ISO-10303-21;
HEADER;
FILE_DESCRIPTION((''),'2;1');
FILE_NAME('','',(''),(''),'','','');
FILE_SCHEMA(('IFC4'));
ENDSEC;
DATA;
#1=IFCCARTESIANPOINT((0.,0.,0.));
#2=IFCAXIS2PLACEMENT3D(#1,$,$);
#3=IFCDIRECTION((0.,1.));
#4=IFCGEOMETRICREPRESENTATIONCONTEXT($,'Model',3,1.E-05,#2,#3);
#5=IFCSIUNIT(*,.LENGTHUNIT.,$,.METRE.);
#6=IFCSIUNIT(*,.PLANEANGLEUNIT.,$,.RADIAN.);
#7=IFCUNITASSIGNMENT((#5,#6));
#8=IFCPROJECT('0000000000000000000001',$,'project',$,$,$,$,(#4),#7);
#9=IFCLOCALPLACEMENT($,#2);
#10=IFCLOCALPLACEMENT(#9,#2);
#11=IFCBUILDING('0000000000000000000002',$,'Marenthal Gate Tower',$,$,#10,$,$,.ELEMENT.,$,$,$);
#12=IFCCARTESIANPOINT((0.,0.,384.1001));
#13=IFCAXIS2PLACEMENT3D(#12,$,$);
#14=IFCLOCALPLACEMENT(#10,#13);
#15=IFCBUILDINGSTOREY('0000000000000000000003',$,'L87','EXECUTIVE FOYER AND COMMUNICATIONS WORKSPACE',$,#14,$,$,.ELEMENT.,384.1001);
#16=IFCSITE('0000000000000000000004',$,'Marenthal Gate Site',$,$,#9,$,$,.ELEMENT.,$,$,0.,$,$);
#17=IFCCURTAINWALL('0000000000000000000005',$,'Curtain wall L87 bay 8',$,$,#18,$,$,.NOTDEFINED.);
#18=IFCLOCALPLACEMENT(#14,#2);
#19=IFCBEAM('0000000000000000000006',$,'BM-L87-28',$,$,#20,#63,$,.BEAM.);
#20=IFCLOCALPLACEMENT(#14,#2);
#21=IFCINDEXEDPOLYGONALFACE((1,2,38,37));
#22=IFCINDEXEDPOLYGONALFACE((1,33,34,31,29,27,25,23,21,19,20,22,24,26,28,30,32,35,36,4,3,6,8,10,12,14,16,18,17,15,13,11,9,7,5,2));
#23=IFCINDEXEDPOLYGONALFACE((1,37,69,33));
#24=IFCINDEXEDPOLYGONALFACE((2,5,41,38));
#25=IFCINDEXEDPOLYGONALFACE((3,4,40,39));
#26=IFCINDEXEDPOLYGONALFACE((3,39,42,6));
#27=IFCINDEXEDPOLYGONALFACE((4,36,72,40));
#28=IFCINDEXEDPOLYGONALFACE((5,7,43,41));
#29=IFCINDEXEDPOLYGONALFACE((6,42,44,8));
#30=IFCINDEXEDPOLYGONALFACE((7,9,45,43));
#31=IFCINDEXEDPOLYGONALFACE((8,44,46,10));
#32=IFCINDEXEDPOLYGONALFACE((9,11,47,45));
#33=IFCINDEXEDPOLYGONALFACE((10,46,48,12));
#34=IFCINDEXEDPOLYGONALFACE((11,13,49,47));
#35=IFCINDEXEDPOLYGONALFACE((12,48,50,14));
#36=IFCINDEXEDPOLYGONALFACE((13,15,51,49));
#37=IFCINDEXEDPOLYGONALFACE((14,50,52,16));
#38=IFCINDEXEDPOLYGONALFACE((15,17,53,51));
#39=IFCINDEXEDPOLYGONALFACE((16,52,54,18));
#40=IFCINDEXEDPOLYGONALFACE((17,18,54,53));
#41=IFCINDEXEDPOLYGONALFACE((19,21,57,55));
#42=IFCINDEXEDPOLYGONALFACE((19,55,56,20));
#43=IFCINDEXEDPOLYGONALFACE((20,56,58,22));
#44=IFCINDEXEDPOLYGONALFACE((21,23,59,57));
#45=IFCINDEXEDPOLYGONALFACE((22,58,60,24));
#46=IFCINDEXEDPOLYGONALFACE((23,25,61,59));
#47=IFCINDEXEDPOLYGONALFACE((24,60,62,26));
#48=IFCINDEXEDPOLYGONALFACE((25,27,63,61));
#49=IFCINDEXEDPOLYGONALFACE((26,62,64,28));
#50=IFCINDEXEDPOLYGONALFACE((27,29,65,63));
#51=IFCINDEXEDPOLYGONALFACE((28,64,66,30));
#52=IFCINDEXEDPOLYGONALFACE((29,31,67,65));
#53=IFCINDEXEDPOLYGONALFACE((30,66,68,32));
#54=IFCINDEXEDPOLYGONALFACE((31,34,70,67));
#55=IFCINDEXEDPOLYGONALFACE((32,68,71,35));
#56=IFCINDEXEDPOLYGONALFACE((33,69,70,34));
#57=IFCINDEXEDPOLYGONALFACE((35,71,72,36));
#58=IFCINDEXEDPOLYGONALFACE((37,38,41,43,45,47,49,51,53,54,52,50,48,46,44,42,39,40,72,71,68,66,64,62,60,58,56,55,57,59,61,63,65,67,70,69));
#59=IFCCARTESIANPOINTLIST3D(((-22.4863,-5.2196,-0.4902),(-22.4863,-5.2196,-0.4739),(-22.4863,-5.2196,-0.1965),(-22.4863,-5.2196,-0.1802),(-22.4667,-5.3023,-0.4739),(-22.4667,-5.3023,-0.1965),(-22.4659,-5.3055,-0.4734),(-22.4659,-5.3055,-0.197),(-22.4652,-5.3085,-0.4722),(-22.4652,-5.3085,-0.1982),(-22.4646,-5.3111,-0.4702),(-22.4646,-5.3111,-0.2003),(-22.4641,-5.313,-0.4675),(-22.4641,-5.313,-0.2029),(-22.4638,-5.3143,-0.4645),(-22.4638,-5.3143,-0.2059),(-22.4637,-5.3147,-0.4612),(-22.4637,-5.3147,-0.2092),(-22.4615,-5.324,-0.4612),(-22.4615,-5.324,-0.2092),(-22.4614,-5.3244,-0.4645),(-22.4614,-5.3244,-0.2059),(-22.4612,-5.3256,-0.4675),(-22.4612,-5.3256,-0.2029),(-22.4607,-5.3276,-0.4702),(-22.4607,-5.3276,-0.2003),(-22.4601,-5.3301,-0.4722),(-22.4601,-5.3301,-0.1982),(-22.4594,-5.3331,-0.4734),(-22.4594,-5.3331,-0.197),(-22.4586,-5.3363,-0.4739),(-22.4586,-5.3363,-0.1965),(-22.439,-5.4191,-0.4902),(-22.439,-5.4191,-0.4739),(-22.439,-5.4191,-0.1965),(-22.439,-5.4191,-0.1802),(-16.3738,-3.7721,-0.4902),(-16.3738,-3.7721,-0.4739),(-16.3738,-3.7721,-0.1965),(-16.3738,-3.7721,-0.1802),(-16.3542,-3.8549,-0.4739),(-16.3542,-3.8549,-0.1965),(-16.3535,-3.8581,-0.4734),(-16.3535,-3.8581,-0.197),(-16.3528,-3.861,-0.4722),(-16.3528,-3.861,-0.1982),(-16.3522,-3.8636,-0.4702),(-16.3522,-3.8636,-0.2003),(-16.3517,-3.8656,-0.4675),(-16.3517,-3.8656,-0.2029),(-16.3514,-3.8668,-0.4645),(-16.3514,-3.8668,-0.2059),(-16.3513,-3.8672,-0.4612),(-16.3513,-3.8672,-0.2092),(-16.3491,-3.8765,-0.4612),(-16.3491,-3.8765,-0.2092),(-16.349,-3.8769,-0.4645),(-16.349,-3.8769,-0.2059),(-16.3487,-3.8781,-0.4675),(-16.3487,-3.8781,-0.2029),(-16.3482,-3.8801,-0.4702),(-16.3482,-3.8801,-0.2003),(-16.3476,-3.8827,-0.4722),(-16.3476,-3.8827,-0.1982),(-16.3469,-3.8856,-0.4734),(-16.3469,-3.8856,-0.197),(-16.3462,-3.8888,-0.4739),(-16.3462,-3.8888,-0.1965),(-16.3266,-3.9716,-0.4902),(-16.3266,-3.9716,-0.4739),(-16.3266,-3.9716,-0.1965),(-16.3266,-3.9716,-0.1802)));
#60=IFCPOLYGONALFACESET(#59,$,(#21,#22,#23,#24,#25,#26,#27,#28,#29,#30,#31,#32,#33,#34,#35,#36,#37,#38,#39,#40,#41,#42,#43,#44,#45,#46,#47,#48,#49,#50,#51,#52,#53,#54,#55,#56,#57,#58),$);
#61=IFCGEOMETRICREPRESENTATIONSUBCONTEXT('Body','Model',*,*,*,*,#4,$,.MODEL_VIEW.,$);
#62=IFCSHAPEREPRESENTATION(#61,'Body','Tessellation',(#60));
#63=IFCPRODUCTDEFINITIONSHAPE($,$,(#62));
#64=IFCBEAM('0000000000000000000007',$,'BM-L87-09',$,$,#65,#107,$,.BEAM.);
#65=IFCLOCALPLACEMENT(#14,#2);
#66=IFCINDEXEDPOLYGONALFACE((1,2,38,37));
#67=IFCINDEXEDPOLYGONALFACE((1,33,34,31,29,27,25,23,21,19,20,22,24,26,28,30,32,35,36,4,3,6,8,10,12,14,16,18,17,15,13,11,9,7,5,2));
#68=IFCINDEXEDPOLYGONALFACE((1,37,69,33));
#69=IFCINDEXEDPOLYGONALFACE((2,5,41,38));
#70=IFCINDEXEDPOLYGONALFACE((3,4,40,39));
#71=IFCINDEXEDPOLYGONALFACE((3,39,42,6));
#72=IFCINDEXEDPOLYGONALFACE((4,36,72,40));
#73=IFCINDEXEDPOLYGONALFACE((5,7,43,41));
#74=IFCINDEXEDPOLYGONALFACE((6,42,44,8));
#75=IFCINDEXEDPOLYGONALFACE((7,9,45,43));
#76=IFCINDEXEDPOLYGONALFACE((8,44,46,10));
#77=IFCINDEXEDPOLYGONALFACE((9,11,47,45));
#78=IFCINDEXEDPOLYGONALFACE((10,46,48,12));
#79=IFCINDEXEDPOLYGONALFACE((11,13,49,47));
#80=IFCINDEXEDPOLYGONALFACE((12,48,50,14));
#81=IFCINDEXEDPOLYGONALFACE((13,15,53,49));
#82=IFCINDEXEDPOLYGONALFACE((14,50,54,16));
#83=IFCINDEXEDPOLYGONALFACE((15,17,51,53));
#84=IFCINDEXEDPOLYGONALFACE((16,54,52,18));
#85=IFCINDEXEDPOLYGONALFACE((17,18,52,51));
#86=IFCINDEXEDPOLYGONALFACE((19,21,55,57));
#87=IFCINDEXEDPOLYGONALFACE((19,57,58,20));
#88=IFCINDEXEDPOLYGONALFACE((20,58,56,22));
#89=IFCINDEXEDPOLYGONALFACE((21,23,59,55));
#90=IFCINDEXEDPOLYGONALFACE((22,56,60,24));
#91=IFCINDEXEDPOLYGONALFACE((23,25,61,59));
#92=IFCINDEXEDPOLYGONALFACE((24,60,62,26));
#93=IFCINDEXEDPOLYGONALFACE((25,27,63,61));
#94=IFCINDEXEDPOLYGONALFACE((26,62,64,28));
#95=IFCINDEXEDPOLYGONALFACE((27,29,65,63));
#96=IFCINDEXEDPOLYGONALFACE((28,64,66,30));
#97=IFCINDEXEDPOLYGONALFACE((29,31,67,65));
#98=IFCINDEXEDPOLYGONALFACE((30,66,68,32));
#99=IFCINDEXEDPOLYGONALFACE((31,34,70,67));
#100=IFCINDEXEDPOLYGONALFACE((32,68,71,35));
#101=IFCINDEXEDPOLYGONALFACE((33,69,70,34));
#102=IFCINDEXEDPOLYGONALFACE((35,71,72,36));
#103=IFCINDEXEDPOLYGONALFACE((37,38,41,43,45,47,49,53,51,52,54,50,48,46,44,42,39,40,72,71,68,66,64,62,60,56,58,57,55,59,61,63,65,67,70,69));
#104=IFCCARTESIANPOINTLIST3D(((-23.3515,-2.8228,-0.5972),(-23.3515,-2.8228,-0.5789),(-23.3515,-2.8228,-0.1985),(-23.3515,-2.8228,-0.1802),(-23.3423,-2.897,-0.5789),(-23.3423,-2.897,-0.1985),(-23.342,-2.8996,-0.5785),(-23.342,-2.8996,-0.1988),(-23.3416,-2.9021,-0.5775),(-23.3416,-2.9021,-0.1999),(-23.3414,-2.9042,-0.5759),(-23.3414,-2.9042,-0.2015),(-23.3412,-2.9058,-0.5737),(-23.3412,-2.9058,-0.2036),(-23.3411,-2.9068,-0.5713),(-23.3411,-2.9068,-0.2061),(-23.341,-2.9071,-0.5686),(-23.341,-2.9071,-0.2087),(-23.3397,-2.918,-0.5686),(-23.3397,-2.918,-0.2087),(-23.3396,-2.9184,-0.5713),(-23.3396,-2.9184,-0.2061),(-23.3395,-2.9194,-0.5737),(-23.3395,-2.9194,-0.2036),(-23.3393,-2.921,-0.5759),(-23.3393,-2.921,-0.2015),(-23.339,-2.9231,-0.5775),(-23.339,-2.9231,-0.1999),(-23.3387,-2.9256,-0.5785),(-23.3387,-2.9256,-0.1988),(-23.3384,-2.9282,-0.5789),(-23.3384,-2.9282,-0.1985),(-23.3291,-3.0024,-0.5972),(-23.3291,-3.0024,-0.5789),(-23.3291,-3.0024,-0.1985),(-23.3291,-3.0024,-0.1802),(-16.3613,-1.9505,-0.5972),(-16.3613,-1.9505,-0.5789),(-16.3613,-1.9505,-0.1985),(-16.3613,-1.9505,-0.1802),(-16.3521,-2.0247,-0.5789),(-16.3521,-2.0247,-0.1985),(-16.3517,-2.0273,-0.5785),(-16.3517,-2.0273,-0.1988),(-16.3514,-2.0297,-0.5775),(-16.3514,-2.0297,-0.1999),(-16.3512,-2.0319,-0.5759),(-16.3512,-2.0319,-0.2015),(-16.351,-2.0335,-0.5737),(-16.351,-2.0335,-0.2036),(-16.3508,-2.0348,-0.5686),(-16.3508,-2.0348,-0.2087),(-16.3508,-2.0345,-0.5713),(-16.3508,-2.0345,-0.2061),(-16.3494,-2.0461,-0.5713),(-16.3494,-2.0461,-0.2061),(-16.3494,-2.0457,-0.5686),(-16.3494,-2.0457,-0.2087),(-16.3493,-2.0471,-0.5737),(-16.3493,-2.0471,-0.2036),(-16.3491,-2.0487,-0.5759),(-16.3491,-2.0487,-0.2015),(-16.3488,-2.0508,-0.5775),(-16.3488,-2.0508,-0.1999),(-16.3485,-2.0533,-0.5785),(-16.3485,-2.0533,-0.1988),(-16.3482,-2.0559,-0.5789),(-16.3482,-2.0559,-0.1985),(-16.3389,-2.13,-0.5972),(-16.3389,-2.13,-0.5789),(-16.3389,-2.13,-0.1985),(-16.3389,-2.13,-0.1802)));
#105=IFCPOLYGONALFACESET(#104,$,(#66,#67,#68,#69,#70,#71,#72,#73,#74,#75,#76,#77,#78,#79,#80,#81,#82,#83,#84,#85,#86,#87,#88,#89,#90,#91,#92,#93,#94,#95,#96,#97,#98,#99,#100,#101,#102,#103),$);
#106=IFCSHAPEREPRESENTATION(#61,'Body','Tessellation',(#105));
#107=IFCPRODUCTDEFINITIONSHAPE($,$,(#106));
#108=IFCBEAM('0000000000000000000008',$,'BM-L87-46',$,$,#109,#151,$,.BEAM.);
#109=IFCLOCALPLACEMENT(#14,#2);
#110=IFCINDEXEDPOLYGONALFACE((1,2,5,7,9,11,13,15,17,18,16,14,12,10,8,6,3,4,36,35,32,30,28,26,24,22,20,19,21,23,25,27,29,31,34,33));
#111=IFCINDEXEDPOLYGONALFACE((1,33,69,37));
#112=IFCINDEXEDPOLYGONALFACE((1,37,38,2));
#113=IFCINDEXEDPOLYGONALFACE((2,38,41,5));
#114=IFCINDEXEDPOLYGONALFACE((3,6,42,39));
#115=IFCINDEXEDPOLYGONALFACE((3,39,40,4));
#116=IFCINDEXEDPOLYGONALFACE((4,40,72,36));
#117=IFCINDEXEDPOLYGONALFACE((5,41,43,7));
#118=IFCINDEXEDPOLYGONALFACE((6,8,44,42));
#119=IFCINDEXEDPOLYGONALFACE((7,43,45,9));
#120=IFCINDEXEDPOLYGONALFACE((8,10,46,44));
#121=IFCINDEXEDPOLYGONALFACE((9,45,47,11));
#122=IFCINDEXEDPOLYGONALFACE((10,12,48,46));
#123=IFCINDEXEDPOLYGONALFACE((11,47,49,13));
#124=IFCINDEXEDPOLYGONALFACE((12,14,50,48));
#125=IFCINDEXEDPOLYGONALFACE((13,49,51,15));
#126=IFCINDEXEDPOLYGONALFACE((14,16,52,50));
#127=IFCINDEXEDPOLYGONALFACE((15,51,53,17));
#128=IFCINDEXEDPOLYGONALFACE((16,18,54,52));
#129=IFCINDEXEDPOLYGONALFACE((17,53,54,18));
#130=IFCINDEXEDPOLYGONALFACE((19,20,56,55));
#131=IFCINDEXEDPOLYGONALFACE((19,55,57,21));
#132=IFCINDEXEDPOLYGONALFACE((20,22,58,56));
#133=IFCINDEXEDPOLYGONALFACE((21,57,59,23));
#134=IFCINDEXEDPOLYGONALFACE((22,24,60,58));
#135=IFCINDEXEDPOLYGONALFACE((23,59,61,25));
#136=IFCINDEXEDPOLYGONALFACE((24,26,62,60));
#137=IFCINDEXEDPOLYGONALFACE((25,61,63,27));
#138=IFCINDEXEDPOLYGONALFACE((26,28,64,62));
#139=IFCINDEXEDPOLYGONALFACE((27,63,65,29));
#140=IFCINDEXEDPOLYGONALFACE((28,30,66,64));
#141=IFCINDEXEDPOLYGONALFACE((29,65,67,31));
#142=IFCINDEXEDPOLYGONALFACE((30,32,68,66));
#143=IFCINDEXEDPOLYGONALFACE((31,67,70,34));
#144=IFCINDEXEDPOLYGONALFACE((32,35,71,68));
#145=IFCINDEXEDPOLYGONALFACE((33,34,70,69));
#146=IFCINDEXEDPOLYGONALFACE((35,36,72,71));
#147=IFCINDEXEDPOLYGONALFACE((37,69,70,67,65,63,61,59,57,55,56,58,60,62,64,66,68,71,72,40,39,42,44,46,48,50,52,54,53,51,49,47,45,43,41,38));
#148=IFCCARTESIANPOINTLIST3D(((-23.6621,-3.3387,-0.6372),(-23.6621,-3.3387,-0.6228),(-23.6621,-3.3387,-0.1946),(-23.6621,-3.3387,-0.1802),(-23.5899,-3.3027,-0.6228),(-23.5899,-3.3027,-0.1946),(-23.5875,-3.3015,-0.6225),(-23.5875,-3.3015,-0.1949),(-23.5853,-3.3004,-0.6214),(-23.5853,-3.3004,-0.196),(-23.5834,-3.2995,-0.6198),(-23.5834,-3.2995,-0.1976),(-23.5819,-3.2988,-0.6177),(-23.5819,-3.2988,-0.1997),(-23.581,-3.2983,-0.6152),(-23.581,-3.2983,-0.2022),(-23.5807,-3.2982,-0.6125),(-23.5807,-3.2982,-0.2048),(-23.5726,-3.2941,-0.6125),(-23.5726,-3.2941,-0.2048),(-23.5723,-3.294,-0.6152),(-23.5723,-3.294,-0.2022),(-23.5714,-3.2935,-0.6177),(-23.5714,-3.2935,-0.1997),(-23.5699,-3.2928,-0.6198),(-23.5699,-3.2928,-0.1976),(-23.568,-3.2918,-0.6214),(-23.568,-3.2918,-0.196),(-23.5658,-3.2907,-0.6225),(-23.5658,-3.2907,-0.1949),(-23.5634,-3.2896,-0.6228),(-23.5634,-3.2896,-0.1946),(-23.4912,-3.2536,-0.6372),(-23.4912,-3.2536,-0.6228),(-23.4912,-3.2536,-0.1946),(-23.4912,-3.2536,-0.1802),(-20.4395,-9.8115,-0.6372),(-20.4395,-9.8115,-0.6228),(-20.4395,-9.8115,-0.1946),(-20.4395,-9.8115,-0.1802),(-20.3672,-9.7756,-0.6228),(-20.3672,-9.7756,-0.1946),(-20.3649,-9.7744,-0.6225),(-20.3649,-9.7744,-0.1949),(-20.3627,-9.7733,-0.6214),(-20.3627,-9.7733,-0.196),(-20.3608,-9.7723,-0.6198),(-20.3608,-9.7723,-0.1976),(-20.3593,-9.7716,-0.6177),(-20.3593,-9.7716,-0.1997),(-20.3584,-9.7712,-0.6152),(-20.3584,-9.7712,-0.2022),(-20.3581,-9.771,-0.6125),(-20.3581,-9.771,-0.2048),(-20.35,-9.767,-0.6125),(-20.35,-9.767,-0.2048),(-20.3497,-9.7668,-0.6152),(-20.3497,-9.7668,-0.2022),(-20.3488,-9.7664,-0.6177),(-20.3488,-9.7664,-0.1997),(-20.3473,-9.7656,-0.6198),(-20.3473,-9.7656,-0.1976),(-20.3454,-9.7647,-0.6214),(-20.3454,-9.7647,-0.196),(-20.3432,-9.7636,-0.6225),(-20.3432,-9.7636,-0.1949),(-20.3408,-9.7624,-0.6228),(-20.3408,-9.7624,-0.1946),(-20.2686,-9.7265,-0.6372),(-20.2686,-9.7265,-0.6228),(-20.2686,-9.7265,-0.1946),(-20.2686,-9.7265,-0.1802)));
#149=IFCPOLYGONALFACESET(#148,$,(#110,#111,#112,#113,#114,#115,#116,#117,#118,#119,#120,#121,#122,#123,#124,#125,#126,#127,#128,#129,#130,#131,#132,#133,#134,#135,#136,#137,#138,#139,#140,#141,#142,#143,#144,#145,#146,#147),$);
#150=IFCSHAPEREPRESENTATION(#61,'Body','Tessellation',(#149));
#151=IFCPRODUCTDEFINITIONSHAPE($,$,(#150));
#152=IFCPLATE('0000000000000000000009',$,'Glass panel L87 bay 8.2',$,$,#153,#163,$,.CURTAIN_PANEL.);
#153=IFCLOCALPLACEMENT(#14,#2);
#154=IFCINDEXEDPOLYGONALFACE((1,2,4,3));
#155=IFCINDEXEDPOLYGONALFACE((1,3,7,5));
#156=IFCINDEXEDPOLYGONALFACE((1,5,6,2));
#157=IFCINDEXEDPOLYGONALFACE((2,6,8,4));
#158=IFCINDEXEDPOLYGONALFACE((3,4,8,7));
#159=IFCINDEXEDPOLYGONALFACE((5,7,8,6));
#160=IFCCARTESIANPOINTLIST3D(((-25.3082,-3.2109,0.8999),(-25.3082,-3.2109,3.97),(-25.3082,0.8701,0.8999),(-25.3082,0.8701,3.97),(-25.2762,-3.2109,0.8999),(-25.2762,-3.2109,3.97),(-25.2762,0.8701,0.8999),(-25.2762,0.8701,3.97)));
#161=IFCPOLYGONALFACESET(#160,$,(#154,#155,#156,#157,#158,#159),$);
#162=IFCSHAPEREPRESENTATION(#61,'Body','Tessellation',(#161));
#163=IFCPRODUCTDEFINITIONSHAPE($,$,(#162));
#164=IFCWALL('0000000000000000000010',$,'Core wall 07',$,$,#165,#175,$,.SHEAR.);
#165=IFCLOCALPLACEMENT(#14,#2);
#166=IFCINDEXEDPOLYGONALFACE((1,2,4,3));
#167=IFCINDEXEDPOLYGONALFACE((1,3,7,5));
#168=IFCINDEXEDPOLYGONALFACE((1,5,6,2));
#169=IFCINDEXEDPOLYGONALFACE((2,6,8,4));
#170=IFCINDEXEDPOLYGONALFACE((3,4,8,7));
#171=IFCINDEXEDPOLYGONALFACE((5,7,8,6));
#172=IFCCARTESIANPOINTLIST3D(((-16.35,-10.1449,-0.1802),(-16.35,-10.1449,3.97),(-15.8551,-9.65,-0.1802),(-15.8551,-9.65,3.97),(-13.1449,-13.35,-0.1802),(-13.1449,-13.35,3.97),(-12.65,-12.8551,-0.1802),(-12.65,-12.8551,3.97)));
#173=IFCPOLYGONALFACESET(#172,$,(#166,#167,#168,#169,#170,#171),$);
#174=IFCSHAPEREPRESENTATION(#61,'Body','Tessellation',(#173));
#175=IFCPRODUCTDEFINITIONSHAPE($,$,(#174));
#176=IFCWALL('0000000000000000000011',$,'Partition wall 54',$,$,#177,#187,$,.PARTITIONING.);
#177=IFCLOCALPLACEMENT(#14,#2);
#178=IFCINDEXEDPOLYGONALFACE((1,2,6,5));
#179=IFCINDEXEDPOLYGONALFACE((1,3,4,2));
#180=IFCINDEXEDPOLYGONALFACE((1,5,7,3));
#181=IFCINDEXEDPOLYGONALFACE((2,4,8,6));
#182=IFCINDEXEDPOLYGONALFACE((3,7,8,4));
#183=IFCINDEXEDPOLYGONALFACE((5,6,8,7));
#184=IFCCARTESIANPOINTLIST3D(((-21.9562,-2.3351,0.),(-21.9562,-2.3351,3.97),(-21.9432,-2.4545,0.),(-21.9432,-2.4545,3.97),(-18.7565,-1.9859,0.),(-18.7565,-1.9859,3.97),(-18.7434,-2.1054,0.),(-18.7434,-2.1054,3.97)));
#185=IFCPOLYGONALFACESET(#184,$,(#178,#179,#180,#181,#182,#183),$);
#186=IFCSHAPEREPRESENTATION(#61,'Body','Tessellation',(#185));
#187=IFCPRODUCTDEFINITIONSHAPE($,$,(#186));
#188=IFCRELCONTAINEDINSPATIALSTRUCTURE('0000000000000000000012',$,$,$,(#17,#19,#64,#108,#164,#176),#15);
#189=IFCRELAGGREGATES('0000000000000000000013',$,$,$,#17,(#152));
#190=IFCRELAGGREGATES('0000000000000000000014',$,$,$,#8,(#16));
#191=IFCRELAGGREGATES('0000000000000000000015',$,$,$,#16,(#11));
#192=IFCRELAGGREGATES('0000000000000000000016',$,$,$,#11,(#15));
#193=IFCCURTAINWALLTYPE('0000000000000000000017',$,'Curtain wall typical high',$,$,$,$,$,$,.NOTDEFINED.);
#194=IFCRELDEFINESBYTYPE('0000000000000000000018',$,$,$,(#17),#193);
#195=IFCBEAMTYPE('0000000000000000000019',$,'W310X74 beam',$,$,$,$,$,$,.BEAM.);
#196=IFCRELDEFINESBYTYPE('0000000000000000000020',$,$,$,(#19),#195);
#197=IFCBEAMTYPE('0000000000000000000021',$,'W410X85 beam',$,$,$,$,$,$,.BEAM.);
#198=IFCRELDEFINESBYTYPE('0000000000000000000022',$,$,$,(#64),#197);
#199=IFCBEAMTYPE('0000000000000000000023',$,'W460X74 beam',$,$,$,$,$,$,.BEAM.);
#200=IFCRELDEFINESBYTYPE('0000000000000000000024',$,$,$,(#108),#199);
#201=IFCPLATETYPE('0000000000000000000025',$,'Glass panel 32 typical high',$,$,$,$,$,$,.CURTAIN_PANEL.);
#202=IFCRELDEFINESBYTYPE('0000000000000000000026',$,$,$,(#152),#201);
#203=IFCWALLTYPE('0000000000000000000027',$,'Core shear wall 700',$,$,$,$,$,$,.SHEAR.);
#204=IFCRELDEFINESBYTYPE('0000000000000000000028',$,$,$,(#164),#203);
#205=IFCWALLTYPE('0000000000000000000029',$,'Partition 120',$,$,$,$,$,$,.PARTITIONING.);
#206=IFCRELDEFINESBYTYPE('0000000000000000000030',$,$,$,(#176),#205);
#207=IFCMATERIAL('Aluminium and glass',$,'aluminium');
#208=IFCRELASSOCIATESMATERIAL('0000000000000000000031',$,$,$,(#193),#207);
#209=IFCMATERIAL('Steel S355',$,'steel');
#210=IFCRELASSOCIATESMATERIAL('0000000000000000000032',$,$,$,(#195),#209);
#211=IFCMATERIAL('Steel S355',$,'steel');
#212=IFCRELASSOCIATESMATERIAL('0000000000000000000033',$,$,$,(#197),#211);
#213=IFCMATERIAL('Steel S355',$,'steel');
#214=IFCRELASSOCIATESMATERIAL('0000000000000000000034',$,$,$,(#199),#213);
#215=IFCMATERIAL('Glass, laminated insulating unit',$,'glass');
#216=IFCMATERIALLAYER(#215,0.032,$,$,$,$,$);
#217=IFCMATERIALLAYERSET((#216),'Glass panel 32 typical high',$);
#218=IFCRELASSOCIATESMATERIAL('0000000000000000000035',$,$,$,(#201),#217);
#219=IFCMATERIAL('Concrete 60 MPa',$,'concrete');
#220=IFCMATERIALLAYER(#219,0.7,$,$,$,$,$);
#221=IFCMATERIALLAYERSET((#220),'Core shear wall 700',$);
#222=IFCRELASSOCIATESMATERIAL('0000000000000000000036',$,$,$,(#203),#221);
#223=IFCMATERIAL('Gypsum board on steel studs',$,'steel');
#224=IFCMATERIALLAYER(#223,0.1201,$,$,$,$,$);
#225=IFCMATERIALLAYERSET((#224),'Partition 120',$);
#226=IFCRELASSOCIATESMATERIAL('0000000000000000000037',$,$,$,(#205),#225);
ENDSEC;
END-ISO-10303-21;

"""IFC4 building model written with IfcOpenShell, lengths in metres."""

from ifc_helpers import new_model, si_unit, direction, frame, frame_2d, origin, origin_2d, place, context, subcontext, project, spatial, rectangle, i_section, extrude, material, layer, layer_set, material_profile, profile_set, type_object, element, aggregate, save


model = new_model("IFC4")

# Units and contexts
model_context = context("Model", 3, precision=1e-05, world=origin(), true_north=direction((0.0, 1.0)))
body_context = subcontext(model_context, "Body", "Model", "MODEL_VIEW")
ifc_project = project(units=[si_unit("LENGTHUNIT", "METRE"), si_unit("PLANEANGLEUNIT", "RADIAN")], contexts=[model_context])

# Site, building, storey
site_placement = place(None, origin())
site = spatial("IfcSite", under=ifc_project, at=site_placement, Name="Marenthal Gate Site", CompositionType="ELEMENT", RefElevation=0.0)
building_placement = place(site_placement, origin())
building = spatial("IfcBuilding", under=site, at=building_placement, Name="Marenthal Gate Tower", CompositionType="ELEMENT")
storey_placement = place(building_placement, frame((0.0, 0.0, 384.1001)))
storey = spatial("IfcBuildingStorey", under=building, at=storey_placement, Name="L87", Description="EXECUTIVE FOYER AND COMMUNICATIONS WORKSPACE", CompositionType="ELEMENT", Elevation=384.1001)

# Curtain wall
ifc_material_1 = material(Name="Aluminium and glass", Category="aluminium")
curtain_wall_type = type_object("IfcCurtainWallType", Name="Curtain wall typical high", PredefinedType="NOTDEFINED", material=ifc_material_1)
curtain_wall_placement = place(storey_placement, origin())
curtain_wall = element("IfcCurtainWall", 1, at=curtain_wall_placement, inside=storey, type_object=curtain_wall_type, Name="Curtain wall L87 bay 8", PredefinedType="NOTDEFINED")

# Beams
ifc_material_2 = material(Name="Steel S355", Category="steel")
ifc_material_profile_1 = material_profile(ifc_material_2, i_section(OverallWidth=0.2051, OverallDepth=0.3101, WebThickness=0.0095, FlangeThickness=0.0164, FilletRadius=0.0127, at=origin_2d()), Name="W310X74")
ifc_profile_set_1 = profile_set([ifc_material_profile_1], Name="Steel S355")
beam_type_1 = type_object("IfcBeamType", Name="W310X74 beam", PredefinedType="BEAM", material=ifc_profile_set_1)
beam_1_placement = place(storey_placement, frame((-22.4626, -5.3193, -0.3352), z_axis=(0.973087, 0.230436, 0.0), x_axis=(-0.230436, 0.973087, 0.0)))
element("IfcBeam", 2, at=beam_1_placement, inside=storey, type_object=beam_type_1, Name="BM-L87-28", PredefinedType="BEAM", context=body_context, shape_type="SweptSolid", body=[
    extrude(i_section(OverallWidth=0.2051, OverallDepth=0.3101, WebThickness=0.0095, FlangeThickness=0.0164, FilletRadius=0.0127, at=origin_2d()), origin(), (0.0, 0.0, 1.0), 6.2815),
])
ifc_material_3 = material(Name="Steel S355", Category="steel")
ifc_material_profile_2 = material_profile(ifc_material_3, i_section(OverallWidth=0.1809, OverallDepth=0.417, WebThickness=0.011, FlangeThickness=0.0183, FilletRadius=0.0103, at=origin_2d()), Name="W410X85")
ifc_profile_set_2 = profile_set([ifc_material_profile_2], Name="Steel S355")
beam_type_2 = type_object("IfcBeamType", Name="W410X85 beam", PredefinedType="BEAM", material=ifc_profile_set_2)
beam_2_placement = place(storey_placement, frame((-23.3403, -2.9126, -0.3887), z_axis=(0.992303, 0.12383, 0.0), x_axis=(-0.12383, 0.992303, 0.0)))
element("IfcBeam", 3, at=beam_2_placement, inside=storey, type_object=beam_type_2, Name="BM-L87-09", PredefinedType="BEAM", context=body_context, shape_type="SweptSolid", body=[
    extrude(i_section(OverallWidth=0.1809, OverallDepth=0.417, WebThickness=0.011, FlangeThickness=0.0183, FilletRadius=0.0103, at=origin_2d()), origin(), (0.0, 0.0, 1.0), 7.0444),
])
ifc_material_4 = material(Name="Steel S355", Category="steel")
ifc_material_profile_3 = material_profile(ifc_material_4, i_section(OverallWidth=0.1909, OverallDepth=0.457, WebThickness=0.009, FlangeThickness=0.0144, FilletRadius=0.0103, at=origin_2d()), Name="W460X74")
ifc_profile_set_3 = profile_set([ifc_material_profile_3], Name="Steel S355")
beam_type_3 = type_object("IfcBeamType", Name="W460X74 beam", PredefinedType="BEAM", material=ifc_profile_set_3)
beam_3_placement = place(storey_placement, frame((-23.5767, -3.2961, -0.4087), z_axis=(0.445687, -0.895189, 0.0), x_axis=(0.895189, 0.445687, 0.0)))
element("IfcBeam", 4, at=beam_3_placement, inside=storey, type_object=beam_type_3, Name="BM-L87-46", PredefinedType="BEAM", context=body_context, shape_type="SweptSolid", body=[
    extrude(i_section(OverallWidth=0.1909, OverallDepth=0.457, WebThickness=0.009, FlangeThickness=0.0144, FilletRadius=0.0103, at=origin_2d()), origin(), (0.0, 0.0, 1.0), 7.2307),
])

# Plate
ifc_material_5 = material(Name="Glass, laminated insulating unit", Category="glass")
ifc_layer_1 = layer(ifc_material_5, 0.032)
ifc_layer_set_1 = layer_set([ifc_layer_1], Name="Glass panel 32 typical high")
plate_type = type_object("IfcPlateType", Name="Glass panel 32 typical high", PredefinedType="CURTAIN_PANEL", material=ifc_layer_set_1)
plate_placement = place(storey_placement, frame((-25.2922, -1.1704, 0.8999), z_axis=(0.0, 0.0, 1.0), x_axis=(0.0, -1.0, 0.0)))
plate = element("IfcPlate", 5, at=plate_placement, type_object=plate_type, Name="Glass panel L87 bay 8.2", PredefinedType="CURTAIN_PANEL", context=body_context, shape_type="SweptSolid", body=[
    extrude(rectangle(XDim=4.0811, YDim=0.032, at=origin_2d()), origin(), (0.0, 0.0, 1.0), 3.0701),
])
aggregate(curtain_wall, [plate])

# Walls
ifc_material_6 = material(Name="Concrete 60 MPa", Category="concrete")
ifc_layer_2 = layer(ifc_material_6, 0.7)
ifc_layer_set_2 = layer_set([ifc_layer_2], Name="Core shear wall 700")
wall_type_1 = type_object("IfcWallType", Name="Core shear wall 700", PredefinedType="SHEAR", material=ifc_layer_set_2)
wall_1_placement = place(storey_placement, frame((-16.1025, -9.8975, -0.1802), z_axis=(0.0, 0.0, 1.0), x_axis=(0.707107, -0.707107, 0.0)))
element("IfcWall", 6, at=wall_1_placement, inside=storey, type_object=wall_type_1, Name="Core wall 07", PredefinedType="SHEAR", context=body_context, shape_type="SweptSolid", body=[
    extrude(rectangle(XDim=4.5327, YDim=0.7, at=frame_2d((2.2664, 0.0))), origin(), (0.0, 0.0, 1.0), 4.1501),
])
ifc_material_7 = material(Name="Gypsum board on steel studs", Category="steel")
ifc_layer_3 = layer(ifc_material_7, 0.1201)
ifc_layer_set_3 = layer_set([ifc_layer_3], Name="Partition 120")
wall_type_2 = type_object("IfcWallType", Name="Partition 120", PredefinedType="PARTITIONING", material=ifc_layer_set_3)
wall_2_placement = place(storey_placement, frame((-21.9497, -2.3948, 0.0), z_axis=(0.0, 0.0, 1.0), x_axis=(0.9941, 0.108467, 0.0)))
element("IfcWall", 7, at=wall_2_placement, inside=storey, type_object=wall_type_2, Name="Partition wall 54", PredefinedType="PARTITIONING", context=body_context, shape_type="SweptSolid", body=[
    extrude(rectangle(XDim=3.2188, YDim=0.1201, at=frame_2d((1.6094, 0.0))), origin(), (0.0, 0.0, 1.0), 3.97),
])

save(model, "model.ifc")
